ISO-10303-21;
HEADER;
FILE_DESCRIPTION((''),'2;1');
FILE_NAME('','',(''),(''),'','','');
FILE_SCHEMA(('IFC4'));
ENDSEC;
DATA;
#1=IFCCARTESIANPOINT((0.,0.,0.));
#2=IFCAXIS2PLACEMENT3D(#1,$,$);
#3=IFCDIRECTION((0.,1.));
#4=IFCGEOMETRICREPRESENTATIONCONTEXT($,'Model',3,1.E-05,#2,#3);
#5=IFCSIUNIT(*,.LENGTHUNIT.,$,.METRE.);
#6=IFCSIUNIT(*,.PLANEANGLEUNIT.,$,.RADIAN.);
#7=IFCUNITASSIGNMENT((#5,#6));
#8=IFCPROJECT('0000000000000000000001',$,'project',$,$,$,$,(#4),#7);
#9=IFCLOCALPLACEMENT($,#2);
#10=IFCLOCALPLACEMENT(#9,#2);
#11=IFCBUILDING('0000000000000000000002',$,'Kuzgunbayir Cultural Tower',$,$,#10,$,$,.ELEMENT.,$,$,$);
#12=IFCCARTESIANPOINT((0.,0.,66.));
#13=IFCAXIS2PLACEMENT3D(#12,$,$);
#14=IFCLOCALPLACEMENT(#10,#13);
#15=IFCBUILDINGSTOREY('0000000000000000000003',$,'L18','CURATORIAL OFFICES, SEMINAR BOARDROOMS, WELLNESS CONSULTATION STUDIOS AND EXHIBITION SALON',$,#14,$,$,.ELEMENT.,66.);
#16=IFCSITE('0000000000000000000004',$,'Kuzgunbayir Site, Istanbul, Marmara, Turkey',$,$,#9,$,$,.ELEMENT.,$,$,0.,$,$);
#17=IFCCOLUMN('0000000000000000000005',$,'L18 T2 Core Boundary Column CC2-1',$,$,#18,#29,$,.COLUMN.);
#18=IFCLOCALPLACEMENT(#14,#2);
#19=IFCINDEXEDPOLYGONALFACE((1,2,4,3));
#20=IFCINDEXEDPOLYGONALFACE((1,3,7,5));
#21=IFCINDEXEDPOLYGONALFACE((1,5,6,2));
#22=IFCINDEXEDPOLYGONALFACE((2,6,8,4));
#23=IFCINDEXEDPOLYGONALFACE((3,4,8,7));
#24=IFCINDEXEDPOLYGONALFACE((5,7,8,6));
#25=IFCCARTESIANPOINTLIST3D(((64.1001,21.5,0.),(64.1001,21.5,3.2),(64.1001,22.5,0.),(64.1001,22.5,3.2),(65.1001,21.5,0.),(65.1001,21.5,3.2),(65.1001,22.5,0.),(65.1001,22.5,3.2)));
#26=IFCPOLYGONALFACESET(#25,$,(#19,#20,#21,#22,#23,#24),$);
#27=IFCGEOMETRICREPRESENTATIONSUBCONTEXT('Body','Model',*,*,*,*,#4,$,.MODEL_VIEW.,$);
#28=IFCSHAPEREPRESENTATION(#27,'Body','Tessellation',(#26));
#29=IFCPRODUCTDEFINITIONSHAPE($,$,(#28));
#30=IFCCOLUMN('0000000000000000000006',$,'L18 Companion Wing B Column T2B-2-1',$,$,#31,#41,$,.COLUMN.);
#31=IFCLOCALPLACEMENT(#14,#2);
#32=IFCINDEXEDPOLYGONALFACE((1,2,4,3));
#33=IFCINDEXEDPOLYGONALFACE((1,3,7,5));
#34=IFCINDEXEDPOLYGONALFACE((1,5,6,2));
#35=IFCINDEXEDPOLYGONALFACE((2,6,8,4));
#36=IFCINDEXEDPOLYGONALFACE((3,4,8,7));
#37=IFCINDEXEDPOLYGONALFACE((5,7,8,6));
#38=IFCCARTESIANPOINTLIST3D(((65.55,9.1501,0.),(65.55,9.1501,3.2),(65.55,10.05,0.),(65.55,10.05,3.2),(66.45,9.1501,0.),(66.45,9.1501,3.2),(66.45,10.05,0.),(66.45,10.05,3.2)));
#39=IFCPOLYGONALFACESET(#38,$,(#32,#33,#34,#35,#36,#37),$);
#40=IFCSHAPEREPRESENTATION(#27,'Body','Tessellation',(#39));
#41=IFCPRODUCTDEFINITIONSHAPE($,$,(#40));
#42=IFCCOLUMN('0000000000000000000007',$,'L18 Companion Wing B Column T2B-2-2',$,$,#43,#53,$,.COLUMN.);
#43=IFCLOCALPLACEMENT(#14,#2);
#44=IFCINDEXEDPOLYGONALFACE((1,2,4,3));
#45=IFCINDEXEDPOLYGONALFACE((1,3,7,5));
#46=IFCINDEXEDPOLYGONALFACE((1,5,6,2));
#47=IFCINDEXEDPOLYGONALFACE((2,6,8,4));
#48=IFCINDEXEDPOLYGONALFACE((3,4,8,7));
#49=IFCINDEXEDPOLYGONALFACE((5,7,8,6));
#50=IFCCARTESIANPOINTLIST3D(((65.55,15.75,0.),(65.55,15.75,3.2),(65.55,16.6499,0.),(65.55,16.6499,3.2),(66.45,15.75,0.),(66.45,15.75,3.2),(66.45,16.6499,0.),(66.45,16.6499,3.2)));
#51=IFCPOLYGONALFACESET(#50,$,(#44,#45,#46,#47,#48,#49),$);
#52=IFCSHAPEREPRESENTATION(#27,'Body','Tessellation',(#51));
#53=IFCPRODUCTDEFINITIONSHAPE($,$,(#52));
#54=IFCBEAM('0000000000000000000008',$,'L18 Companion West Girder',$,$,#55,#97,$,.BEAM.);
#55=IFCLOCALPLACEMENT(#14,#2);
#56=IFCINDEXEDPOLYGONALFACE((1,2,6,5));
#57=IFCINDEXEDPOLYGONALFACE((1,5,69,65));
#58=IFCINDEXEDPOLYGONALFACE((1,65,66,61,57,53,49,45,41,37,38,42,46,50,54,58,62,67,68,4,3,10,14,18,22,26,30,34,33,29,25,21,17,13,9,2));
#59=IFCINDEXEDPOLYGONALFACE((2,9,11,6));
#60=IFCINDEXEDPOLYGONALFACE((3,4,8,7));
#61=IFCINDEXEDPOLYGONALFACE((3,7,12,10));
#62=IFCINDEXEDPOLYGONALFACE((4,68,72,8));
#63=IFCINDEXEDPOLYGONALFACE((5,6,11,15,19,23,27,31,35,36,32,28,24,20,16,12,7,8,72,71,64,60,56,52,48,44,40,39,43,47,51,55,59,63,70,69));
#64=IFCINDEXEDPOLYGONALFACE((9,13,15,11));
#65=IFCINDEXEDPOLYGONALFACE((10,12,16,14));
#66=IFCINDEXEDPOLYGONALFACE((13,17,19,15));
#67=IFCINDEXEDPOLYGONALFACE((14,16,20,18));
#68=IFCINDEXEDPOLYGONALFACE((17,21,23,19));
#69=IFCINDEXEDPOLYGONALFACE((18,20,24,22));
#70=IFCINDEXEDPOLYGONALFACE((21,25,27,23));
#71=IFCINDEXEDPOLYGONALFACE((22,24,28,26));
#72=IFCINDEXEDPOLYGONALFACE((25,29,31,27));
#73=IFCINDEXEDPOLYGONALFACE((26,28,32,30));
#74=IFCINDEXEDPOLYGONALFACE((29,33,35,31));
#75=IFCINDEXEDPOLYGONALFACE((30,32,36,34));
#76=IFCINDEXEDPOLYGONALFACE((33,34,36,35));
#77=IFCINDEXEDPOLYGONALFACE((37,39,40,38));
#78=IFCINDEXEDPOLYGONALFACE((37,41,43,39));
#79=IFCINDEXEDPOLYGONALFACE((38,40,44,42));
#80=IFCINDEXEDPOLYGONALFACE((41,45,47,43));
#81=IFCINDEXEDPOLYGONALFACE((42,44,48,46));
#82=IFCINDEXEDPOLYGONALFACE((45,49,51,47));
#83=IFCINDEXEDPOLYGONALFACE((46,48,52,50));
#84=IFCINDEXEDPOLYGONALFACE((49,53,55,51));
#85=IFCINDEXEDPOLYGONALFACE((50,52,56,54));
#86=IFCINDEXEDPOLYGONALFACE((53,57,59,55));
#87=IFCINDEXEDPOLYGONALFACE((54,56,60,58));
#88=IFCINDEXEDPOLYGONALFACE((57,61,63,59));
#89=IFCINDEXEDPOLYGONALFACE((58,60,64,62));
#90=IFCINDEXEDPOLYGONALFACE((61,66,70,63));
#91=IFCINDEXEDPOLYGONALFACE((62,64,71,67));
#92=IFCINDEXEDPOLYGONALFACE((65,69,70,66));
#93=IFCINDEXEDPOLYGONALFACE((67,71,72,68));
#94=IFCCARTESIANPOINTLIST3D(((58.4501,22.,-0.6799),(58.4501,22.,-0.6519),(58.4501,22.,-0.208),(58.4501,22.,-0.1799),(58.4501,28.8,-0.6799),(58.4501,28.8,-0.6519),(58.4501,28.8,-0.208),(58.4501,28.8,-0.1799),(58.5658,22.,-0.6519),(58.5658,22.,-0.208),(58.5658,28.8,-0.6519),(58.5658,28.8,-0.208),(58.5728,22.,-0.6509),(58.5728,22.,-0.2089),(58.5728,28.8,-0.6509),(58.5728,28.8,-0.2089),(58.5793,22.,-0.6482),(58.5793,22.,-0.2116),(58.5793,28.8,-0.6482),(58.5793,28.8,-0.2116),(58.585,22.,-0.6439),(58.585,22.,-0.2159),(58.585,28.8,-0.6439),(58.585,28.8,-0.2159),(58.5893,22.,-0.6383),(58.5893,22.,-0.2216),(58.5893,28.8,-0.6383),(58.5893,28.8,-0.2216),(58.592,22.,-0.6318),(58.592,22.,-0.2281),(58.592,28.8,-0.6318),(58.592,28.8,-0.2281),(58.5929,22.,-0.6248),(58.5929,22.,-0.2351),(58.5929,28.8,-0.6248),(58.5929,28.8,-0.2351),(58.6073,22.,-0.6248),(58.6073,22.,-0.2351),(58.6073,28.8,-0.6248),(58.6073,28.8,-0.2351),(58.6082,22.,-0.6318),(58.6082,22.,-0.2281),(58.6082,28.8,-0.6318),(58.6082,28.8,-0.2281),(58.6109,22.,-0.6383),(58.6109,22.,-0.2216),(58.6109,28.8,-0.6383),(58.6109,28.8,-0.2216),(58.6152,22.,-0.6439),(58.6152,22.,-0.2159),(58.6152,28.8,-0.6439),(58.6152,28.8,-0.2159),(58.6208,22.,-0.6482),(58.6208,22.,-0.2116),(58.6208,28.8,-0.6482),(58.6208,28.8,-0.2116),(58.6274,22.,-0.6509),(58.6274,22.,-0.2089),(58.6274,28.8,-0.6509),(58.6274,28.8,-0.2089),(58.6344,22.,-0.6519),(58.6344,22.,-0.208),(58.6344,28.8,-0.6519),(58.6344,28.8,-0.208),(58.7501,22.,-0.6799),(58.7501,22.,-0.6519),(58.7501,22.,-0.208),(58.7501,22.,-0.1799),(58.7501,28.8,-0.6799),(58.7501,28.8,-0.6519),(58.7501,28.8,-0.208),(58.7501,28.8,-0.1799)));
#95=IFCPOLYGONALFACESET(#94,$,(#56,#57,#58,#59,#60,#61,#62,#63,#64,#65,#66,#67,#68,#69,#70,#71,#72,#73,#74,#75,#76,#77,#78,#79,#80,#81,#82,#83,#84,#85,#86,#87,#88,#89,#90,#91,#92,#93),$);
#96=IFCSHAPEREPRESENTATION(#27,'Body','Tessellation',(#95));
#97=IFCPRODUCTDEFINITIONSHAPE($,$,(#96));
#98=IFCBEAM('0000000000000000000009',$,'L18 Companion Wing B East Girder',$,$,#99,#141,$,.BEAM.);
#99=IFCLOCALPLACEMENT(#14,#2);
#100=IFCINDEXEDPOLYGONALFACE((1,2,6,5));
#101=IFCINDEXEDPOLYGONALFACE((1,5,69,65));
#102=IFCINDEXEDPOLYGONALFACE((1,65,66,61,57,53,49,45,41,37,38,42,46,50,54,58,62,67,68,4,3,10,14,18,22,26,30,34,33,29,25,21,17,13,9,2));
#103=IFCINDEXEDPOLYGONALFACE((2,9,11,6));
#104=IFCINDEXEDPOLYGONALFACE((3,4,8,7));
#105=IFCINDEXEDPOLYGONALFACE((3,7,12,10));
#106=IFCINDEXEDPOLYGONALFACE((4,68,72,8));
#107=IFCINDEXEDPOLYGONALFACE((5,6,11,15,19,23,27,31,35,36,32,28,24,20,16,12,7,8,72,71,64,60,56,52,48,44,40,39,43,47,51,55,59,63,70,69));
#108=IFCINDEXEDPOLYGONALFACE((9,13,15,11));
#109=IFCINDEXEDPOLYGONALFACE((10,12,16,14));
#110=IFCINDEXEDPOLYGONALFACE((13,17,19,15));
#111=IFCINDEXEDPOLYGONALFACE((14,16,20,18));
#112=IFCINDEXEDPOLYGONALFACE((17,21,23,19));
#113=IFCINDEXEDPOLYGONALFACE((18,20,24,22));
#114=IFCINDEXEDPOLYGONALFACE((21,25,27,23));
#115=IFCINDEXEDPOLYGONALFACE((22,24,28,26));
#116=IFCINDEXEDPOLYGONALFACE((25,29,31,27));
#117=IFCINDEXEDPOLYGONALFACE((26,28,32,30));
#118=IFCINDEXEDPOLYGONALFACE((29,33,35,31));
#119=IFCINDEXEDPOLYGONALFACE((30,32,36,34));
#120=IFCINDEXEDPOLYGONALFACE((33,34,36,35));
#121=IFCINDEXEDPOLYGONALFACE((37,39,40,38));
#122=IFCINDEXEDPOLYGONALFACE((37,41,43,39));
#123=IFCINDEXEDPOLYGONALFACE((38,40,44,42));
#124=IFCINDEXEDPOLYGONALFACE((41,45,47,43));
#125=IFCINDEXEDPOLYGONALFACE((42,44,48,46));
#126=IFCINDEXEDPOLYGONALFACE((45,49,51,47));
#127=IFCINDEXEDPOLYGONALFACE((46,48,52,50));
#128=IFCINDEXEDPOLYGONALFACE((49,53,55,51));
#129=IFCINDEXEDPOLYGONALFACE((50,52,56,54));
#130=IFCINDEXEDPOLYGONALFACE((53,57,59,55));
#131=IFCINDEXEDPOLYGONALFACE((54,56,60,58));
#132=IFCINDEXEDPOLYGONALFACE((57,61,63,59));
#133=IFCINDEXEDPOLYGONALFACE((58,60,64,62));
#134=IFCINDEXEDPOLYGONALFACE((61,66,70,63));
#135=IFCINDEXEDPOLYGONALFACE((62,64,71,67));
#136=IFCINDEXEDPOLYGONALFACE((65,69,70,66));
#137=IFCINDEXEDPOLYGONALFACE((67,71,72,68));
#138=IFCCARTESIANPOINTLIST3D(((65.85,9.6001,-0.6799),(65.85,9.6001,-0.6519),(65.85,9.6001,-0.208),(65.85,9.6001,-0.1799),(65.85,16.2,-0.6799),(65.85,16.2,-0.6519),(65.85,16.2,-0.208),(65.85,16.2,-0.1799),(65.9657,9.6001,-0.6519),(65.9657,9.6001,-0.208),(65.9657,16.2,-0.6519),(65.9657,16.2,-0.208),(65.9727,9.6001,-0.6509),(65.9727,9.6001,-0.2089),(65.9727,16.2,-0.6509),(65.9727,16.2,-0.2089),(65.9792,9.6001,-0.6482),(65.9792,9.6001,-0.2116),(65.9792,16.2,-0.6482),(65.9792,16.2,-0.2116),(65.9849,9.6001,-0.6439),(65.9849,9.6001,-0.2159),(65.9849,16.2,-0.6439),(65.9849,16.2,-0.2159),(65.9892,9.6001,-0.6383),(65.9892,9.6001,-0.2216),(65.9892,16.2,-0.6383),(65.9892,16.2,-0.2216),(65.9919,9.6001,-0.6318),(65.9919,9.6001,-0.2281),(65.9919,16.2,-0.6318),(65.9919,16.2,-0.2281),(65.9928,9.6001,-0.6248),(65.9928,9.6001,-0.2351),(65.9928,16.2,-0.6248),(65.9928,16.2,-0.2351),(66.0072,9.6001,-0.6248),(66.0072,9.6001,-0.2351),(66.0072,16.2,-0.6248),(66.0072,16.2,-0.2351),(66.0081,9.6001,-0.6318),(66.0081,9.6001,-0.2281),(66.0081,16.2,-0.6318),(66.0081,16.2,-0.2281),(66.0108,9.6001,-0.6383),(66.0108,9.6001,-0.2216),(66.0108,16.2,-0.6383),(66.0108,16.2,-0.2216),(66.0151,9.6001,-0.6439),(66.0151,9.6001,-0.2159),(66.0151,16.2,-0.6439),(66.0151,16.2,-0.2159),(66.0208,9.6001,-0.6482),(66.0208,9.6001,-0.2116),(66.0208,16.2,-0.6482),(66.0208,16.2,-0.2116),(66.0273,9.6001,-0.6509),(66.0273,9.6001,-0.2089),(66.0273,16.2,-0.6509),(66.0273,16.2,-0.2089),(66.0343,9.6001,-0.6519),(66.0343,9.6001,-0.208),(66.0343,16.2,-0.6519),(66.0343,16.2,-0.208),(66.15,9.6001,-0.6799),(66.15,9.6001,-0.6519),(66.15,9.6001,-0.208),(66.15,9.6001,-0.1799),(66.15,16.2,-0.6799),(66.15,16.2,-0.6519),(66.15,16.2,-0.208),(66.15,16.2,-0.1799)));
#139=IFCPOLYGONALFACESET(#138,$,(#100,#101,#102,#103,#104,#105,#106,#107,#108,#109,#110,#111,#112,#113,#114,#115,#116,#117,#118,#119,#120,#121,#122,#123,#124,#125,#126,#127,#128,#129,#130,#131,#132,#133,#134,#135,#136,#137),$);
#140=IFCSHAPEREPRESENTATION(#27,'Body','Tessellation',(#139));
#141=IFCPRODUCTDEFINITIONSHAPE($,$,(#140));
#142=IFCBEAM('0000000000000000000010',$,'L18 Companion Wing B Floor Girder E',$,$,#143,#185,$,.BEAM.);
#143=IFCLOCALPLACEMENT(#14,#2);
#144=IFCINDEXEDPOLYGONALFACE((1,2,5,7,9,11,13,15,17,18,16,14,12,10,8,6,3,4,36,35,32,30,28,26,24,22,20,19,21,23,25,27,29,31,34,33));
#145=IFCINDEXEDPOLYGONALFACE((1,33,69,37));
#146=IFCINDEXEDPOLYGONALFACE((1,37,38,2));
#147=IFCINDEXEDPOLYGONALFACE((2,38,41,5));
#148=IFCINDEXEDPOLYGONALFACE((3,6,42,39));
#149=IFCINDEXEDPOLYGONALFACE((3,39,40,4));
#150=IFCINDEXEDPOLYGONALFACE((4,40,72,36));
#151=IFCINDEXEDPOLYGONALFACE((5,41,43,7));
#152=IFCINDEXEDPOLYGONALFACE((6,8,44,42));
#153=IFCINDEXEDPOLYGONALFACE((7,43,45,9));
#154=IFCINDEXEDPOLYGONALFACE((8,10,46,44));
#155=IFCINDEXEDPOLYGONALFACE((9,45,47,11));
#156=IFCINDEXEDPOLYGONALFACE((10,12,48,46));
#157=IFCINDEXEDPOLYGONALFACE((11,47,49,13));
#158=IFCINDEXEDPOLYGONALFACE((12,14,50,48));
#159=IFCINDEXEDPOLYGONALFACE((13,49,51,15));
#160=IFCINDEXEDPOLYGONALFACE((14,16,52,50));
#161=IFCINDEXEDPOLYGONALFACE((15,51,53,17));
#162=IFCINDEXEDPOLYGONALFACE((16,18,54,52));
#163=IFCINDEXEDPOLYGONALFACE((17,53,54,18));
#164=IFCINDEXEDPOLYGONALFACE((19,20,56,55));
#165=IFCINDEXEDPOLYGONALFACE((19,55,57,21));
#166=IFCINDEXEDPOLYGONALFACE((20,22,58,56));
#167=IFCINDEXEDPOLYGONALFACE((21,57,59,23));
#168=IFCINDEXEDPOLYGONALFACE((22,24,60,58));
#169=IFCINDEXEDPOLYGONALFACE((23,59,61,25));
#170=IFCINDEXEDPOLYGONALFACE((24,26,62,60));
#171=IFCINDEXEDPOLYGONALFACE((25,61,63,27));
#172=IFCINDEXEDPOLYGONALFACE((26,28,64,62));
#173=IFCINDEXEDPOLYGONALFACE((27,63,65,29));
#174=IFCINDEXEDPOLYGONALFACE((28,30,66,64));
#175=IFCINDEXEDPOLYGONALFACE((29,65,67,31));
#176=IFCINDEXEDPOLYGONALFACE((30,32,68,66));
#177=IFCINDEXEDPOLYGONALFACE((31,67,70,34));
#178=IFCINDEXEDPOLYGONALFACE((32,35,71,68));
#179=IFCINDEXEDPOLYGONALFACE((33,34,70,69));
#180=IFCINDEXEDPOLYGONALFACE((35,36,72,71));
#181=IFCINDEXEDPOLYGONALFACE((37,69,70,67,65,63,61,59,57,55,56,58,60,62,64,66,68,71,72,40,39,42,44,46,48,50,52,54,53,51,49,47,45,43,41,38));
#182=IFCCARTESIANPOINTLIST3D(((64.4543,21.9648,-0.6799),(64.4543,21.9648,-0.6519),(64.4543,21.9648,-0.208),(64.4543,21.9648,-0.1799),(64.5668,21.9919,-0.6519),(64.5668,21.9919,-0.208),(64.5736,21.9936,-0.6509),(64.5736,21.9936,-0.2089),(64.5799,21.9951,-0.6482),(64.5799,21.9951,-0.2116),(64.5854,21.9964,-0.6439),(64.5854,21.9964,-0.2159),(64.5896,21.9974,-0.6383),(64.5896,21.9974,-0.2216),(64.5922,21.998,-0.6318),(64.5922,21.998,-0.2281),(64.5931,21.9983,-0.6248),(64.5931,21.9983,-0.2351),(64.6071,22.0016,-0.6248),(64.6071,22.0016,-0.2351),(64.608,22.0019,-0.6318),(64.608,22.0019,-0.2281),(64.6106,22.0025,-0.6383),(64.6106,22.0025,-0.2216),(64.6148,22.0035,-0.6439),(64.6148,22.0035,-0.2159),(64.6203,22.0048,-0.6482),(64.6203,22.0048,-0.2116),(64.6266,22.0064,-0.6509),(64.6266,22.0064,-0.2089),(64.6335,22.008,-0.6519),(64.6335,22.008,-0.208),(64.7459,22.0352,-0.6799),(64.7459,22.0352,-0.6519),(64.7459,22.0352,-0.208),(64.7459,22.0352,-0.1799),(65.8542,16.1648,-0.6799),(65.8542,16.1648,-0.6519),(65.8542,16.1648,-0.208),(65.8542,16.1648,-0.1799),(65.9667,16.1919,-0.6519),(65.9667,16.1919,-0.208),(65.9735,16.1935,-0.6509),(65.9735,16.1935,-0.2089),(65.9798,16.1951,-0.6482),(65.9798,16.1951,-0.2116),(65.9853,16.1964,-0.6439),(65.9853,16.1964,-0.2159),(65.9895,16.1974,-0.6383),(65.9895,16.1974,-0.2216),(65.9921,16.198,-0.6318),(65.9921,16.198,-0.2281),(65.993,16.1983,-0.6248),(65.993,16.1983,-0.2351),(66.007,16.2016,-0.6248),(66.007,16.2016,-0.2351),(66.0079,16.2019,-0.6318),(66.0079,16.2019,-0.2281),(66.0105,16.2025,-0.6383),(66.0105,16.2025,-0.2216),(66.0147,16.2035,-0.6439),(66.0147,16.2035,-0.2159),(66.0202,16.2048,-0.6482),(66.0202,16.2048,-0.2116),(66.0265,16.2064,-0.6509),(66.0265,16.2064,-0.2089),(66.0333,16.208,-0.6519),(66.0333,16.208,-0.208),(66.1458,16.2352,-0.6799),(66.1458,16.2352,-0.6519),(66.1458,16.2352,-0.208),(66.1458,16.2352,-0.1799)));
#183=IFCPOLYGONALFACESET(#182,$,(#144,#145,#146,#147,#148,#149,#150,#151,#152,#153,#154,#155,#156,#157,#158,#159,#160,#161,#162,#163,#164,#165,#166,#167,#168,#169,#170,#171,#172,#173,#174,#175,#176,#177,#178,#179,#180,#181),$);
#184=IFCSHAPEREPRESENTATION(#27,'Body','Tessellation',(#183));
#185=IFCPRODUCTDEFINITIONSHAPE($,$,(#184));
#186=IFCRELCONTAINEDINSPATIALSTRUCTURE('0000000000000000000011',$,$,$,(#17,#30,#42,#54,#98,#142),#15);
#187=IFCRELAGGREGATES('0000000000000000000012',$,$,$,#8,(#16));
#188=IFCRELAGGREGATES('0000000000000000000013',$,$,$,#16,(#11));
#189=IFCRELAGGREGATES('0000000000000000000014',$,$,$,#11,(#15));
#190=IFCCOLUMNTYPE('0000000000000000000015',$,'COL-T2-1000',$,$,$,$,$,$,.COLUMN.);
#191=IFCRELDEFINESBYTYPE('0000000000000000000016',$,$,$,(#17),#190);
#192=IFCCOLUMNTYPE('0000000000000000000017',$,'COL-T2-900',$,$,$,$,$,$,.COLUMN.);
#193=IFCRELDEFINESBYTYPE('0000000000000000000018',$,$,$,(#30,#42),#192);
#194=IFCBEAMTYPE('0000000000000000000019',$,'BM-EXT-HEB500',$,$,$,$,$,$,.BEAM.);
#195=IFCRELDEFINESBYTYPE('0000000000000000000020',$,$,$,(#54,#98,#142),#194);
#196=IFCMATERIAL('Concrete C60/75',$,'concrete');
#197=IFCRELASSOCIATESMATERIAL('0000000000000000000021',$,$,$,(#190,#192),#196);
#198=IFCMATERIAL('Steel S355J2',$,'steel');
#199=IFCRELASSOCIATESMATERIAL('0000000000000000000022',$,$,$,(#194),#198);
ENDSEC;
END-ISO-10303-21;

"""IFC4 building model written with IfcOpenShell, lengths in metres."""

from ifc_helpers import new_model, si_unit, direction, frame, origin, origin_2d, place, context, subcontext, project, spatial, rectangle, i_section, extrude, material, material_profile, profile_set, type_object, element, save


model = new_model("IFC4")

# Units and contexts
model_context = context("Model", 3, precision=1e-05, world=origin(), true_north=direction((0.0, 1.0)))
body_context = subcontext(model_context, "Body", "Model", "MODEL_VIEW")
ifc_project = project(units=[si_unit("LENGTHUNIT", "METRE"), si_unit("PLANEANGLEUNIT", "RADIAN")], contexts=[model_context])

# Site, building, storey
site_placement = place(None, origin())
site = spatial("IfcSite", under=ifc_project, at=site_placement, Name="Kuzgunbayir Site, Istanbul, Marmara, Turkey", CompositionType="ELEMENT", RefElevation=0.0)
building_placement = place(site_placement, origin())
building = spatial("IfcBuilding", under=site, at=building_placement, Name="Kuzgunbayir Cultural Tower", CompositionType="ELEMENT")
storey_placement = place(building_placement, frame((0.0, 0.0, 66.0)))
storey = spatial("IfcBuildingStorey", under=building, at=storey_placement, Name="L18", Description="CURATORIAL OFFICES, SEMINAR BOARDROOMS, WELLNESS CONSULTATION STUDIOS AND EXHIBITION SALON", CompositionType="ELEMENT", Elevation=66.0)

# Columns
ifc_material_1 = material(Name="Concrete C60/75", Category="concrete")
ifc_material_profile_1 = material_profile(ifc_material_1, rectangle(XDim=1.0, YDim=1.0, at=origin_2d()), Name="RC 1000x1000")
ifc_profile_set_1 = profile_set([ifc_material_profile_1], Name="Concrete C60/75")
column_type_1 = type_object("IfcColumnType", Name="COL-T2-1000", PredefinedType="COLUMN", material=ifc_profile_set_1)
column_placement = place(storey_placement, frame((64.6001, 22.0, 0.0), z_axis=(0.0, 0.0, 1.0), x_axis=(1.0, 0.0, 0.0)))
element("IfcColumn", 1, at=column_placement, inside=storey, type_object=column_type_1, Name="L18 T2 Core Boundary Column CC2-1", PredefinedType="COLUMN", context=body_context, shape_type="SweptSolid", body=[
    extrude(rectangle(XDim=1.0, YDim=1.0, at=origin_2d()), origin(), (0.0, 0.0, 1.0), 3.2),
])
ifc_material_profile_2 = material_profile(ifc_material_1, rectangle(XDim=0.8999, YDim=0.8999, at=origin_2d()), Name="RC 900x900")
ifc_profile_set_2 = profile_set([ifc_material_profile_2], Name="Concrete C60/75")
column_type_2 = type_object("IfcColumnType", Name="COL-T2-900", PredefinedType="COLUMN", material=ifc_profile_set_2)
for number, where, z_axis, x_axis, name in (
    (2, (66.0, 9.6001, 0.0), (0.0, 0.0, 1.0), (1.0, 0.0, 0.0), "L18 Companion Wing B Column T2B-2-1"),
    (3, (66.0, 16.2, 0.0), (0.0, 0.0, 1.0), (1.0, 0.0, 0.0), "L18 Companion Wing B Column T2B-2-2"),
):
    element("IfcColumn", number, at=place(storey_placement, frame(where, z_axis=z_axis, x_axis=x_axis)), inside=storey, type_object=column_type_2, Name=name, PredefinedType="COLUMN", context=body_context, shape_type="SweptSolid", body=[
        extrude(rectangle(XDim=0.8999, YDim=0.8999, at=origin_2d()), origin(), (0.0, 0.0, 1.0), 3.2),
    ])

# Beams
ifc_material_2 = material(Name="Steel S355J2", Category="steel")
ifc_material_profile_3 = material_profile(ifc_material_2, i_section(OverallWidth=0.3, OverallDepth=0.5, WebThickness=0.0144, FlangeThickness=0.0281, FilletRadius=0.0271, at=origin_2d()), Name="HEB 500")
ifc_profile_set_3 = profile_set([ifc_material_profile_3], Name="Steel S355J2")
beam_type_1 = type_object("IfcBeamType", Name="BM-EXT-HEB500", PredefinedType="BEAM", material=ifc_profile_set_3)
beam_1_placement = place(storey_placement, frame((58.6001, 22.0, -0.4299), z_axis=(0.0, 1.0, 0.0), x_axis=(-1.0, 0.0, 0.0)))
element("IfcBeam", 4, at=beam_1_placement, inside=storey, type_object=beam_type_1, Name="L18 Companion West Girder", PredefinedType="BEAM", context=body_context, shape_type="SweptSolid", body=[
    extrude(i_section(OverallWidth=0.3, OverallDepth=0.5, WebThickness=0.0144, FlangeThickness=0.0281, FilletRadius=0.0271, at=origin_2d()), origin(), (0.0, 0.0, 1.0), 6.8),
])
beam_2_placement = place(storey_placement, frame((66.0, 9.6001, -0.4299), z_axis=(0.0, 1.0, 0.0), x_axis=(-1.0, 0.0, 0.0)))
element("IfcBeam", 5, at=beam_2_placement, inside=storey, type_object=beam_type_1, Name="L18 Companion Wing B East Girder", PredefinedType="BEAM", context=body_context, shape_type="SweptSolid", body=[
    extrude(i_section(OverallWidth=0.3, OverallDepth=0.5, WebThickness=0.0144, FlangeThickness=0.0281, FilletRadius=0.0271, at=origin_2d()), origin(), (0.0, 0.0, 1.0), 6.5999),
])
beam_3_placement = place(storey_placement, frame((66.0, 16.2, -0.4299), z_axis=(-0.234623, 0.972086, 0.0), x_axis=(-0.972086, -0.234623, 0.0)))
element("IfcBeam", 6, at=beam_3_placement, inside=storey, type_object=beam_type_1, Name="L18 Companion Wing B Floor Girder E", PredefinedType="BEAM", context=body_context, shape_type="SweptSolid", body=[
    extrude(i_section(OverallWidth=0.3, OverallDepth=0.5, WebThickness=0.0144, FlangeThickness=0.0281, FilletRadius=0.0271, at=origin_2d()), origin(), (0.0, 0.0, 1.0), 5.9666),
])

save(model, "model.ifc")
